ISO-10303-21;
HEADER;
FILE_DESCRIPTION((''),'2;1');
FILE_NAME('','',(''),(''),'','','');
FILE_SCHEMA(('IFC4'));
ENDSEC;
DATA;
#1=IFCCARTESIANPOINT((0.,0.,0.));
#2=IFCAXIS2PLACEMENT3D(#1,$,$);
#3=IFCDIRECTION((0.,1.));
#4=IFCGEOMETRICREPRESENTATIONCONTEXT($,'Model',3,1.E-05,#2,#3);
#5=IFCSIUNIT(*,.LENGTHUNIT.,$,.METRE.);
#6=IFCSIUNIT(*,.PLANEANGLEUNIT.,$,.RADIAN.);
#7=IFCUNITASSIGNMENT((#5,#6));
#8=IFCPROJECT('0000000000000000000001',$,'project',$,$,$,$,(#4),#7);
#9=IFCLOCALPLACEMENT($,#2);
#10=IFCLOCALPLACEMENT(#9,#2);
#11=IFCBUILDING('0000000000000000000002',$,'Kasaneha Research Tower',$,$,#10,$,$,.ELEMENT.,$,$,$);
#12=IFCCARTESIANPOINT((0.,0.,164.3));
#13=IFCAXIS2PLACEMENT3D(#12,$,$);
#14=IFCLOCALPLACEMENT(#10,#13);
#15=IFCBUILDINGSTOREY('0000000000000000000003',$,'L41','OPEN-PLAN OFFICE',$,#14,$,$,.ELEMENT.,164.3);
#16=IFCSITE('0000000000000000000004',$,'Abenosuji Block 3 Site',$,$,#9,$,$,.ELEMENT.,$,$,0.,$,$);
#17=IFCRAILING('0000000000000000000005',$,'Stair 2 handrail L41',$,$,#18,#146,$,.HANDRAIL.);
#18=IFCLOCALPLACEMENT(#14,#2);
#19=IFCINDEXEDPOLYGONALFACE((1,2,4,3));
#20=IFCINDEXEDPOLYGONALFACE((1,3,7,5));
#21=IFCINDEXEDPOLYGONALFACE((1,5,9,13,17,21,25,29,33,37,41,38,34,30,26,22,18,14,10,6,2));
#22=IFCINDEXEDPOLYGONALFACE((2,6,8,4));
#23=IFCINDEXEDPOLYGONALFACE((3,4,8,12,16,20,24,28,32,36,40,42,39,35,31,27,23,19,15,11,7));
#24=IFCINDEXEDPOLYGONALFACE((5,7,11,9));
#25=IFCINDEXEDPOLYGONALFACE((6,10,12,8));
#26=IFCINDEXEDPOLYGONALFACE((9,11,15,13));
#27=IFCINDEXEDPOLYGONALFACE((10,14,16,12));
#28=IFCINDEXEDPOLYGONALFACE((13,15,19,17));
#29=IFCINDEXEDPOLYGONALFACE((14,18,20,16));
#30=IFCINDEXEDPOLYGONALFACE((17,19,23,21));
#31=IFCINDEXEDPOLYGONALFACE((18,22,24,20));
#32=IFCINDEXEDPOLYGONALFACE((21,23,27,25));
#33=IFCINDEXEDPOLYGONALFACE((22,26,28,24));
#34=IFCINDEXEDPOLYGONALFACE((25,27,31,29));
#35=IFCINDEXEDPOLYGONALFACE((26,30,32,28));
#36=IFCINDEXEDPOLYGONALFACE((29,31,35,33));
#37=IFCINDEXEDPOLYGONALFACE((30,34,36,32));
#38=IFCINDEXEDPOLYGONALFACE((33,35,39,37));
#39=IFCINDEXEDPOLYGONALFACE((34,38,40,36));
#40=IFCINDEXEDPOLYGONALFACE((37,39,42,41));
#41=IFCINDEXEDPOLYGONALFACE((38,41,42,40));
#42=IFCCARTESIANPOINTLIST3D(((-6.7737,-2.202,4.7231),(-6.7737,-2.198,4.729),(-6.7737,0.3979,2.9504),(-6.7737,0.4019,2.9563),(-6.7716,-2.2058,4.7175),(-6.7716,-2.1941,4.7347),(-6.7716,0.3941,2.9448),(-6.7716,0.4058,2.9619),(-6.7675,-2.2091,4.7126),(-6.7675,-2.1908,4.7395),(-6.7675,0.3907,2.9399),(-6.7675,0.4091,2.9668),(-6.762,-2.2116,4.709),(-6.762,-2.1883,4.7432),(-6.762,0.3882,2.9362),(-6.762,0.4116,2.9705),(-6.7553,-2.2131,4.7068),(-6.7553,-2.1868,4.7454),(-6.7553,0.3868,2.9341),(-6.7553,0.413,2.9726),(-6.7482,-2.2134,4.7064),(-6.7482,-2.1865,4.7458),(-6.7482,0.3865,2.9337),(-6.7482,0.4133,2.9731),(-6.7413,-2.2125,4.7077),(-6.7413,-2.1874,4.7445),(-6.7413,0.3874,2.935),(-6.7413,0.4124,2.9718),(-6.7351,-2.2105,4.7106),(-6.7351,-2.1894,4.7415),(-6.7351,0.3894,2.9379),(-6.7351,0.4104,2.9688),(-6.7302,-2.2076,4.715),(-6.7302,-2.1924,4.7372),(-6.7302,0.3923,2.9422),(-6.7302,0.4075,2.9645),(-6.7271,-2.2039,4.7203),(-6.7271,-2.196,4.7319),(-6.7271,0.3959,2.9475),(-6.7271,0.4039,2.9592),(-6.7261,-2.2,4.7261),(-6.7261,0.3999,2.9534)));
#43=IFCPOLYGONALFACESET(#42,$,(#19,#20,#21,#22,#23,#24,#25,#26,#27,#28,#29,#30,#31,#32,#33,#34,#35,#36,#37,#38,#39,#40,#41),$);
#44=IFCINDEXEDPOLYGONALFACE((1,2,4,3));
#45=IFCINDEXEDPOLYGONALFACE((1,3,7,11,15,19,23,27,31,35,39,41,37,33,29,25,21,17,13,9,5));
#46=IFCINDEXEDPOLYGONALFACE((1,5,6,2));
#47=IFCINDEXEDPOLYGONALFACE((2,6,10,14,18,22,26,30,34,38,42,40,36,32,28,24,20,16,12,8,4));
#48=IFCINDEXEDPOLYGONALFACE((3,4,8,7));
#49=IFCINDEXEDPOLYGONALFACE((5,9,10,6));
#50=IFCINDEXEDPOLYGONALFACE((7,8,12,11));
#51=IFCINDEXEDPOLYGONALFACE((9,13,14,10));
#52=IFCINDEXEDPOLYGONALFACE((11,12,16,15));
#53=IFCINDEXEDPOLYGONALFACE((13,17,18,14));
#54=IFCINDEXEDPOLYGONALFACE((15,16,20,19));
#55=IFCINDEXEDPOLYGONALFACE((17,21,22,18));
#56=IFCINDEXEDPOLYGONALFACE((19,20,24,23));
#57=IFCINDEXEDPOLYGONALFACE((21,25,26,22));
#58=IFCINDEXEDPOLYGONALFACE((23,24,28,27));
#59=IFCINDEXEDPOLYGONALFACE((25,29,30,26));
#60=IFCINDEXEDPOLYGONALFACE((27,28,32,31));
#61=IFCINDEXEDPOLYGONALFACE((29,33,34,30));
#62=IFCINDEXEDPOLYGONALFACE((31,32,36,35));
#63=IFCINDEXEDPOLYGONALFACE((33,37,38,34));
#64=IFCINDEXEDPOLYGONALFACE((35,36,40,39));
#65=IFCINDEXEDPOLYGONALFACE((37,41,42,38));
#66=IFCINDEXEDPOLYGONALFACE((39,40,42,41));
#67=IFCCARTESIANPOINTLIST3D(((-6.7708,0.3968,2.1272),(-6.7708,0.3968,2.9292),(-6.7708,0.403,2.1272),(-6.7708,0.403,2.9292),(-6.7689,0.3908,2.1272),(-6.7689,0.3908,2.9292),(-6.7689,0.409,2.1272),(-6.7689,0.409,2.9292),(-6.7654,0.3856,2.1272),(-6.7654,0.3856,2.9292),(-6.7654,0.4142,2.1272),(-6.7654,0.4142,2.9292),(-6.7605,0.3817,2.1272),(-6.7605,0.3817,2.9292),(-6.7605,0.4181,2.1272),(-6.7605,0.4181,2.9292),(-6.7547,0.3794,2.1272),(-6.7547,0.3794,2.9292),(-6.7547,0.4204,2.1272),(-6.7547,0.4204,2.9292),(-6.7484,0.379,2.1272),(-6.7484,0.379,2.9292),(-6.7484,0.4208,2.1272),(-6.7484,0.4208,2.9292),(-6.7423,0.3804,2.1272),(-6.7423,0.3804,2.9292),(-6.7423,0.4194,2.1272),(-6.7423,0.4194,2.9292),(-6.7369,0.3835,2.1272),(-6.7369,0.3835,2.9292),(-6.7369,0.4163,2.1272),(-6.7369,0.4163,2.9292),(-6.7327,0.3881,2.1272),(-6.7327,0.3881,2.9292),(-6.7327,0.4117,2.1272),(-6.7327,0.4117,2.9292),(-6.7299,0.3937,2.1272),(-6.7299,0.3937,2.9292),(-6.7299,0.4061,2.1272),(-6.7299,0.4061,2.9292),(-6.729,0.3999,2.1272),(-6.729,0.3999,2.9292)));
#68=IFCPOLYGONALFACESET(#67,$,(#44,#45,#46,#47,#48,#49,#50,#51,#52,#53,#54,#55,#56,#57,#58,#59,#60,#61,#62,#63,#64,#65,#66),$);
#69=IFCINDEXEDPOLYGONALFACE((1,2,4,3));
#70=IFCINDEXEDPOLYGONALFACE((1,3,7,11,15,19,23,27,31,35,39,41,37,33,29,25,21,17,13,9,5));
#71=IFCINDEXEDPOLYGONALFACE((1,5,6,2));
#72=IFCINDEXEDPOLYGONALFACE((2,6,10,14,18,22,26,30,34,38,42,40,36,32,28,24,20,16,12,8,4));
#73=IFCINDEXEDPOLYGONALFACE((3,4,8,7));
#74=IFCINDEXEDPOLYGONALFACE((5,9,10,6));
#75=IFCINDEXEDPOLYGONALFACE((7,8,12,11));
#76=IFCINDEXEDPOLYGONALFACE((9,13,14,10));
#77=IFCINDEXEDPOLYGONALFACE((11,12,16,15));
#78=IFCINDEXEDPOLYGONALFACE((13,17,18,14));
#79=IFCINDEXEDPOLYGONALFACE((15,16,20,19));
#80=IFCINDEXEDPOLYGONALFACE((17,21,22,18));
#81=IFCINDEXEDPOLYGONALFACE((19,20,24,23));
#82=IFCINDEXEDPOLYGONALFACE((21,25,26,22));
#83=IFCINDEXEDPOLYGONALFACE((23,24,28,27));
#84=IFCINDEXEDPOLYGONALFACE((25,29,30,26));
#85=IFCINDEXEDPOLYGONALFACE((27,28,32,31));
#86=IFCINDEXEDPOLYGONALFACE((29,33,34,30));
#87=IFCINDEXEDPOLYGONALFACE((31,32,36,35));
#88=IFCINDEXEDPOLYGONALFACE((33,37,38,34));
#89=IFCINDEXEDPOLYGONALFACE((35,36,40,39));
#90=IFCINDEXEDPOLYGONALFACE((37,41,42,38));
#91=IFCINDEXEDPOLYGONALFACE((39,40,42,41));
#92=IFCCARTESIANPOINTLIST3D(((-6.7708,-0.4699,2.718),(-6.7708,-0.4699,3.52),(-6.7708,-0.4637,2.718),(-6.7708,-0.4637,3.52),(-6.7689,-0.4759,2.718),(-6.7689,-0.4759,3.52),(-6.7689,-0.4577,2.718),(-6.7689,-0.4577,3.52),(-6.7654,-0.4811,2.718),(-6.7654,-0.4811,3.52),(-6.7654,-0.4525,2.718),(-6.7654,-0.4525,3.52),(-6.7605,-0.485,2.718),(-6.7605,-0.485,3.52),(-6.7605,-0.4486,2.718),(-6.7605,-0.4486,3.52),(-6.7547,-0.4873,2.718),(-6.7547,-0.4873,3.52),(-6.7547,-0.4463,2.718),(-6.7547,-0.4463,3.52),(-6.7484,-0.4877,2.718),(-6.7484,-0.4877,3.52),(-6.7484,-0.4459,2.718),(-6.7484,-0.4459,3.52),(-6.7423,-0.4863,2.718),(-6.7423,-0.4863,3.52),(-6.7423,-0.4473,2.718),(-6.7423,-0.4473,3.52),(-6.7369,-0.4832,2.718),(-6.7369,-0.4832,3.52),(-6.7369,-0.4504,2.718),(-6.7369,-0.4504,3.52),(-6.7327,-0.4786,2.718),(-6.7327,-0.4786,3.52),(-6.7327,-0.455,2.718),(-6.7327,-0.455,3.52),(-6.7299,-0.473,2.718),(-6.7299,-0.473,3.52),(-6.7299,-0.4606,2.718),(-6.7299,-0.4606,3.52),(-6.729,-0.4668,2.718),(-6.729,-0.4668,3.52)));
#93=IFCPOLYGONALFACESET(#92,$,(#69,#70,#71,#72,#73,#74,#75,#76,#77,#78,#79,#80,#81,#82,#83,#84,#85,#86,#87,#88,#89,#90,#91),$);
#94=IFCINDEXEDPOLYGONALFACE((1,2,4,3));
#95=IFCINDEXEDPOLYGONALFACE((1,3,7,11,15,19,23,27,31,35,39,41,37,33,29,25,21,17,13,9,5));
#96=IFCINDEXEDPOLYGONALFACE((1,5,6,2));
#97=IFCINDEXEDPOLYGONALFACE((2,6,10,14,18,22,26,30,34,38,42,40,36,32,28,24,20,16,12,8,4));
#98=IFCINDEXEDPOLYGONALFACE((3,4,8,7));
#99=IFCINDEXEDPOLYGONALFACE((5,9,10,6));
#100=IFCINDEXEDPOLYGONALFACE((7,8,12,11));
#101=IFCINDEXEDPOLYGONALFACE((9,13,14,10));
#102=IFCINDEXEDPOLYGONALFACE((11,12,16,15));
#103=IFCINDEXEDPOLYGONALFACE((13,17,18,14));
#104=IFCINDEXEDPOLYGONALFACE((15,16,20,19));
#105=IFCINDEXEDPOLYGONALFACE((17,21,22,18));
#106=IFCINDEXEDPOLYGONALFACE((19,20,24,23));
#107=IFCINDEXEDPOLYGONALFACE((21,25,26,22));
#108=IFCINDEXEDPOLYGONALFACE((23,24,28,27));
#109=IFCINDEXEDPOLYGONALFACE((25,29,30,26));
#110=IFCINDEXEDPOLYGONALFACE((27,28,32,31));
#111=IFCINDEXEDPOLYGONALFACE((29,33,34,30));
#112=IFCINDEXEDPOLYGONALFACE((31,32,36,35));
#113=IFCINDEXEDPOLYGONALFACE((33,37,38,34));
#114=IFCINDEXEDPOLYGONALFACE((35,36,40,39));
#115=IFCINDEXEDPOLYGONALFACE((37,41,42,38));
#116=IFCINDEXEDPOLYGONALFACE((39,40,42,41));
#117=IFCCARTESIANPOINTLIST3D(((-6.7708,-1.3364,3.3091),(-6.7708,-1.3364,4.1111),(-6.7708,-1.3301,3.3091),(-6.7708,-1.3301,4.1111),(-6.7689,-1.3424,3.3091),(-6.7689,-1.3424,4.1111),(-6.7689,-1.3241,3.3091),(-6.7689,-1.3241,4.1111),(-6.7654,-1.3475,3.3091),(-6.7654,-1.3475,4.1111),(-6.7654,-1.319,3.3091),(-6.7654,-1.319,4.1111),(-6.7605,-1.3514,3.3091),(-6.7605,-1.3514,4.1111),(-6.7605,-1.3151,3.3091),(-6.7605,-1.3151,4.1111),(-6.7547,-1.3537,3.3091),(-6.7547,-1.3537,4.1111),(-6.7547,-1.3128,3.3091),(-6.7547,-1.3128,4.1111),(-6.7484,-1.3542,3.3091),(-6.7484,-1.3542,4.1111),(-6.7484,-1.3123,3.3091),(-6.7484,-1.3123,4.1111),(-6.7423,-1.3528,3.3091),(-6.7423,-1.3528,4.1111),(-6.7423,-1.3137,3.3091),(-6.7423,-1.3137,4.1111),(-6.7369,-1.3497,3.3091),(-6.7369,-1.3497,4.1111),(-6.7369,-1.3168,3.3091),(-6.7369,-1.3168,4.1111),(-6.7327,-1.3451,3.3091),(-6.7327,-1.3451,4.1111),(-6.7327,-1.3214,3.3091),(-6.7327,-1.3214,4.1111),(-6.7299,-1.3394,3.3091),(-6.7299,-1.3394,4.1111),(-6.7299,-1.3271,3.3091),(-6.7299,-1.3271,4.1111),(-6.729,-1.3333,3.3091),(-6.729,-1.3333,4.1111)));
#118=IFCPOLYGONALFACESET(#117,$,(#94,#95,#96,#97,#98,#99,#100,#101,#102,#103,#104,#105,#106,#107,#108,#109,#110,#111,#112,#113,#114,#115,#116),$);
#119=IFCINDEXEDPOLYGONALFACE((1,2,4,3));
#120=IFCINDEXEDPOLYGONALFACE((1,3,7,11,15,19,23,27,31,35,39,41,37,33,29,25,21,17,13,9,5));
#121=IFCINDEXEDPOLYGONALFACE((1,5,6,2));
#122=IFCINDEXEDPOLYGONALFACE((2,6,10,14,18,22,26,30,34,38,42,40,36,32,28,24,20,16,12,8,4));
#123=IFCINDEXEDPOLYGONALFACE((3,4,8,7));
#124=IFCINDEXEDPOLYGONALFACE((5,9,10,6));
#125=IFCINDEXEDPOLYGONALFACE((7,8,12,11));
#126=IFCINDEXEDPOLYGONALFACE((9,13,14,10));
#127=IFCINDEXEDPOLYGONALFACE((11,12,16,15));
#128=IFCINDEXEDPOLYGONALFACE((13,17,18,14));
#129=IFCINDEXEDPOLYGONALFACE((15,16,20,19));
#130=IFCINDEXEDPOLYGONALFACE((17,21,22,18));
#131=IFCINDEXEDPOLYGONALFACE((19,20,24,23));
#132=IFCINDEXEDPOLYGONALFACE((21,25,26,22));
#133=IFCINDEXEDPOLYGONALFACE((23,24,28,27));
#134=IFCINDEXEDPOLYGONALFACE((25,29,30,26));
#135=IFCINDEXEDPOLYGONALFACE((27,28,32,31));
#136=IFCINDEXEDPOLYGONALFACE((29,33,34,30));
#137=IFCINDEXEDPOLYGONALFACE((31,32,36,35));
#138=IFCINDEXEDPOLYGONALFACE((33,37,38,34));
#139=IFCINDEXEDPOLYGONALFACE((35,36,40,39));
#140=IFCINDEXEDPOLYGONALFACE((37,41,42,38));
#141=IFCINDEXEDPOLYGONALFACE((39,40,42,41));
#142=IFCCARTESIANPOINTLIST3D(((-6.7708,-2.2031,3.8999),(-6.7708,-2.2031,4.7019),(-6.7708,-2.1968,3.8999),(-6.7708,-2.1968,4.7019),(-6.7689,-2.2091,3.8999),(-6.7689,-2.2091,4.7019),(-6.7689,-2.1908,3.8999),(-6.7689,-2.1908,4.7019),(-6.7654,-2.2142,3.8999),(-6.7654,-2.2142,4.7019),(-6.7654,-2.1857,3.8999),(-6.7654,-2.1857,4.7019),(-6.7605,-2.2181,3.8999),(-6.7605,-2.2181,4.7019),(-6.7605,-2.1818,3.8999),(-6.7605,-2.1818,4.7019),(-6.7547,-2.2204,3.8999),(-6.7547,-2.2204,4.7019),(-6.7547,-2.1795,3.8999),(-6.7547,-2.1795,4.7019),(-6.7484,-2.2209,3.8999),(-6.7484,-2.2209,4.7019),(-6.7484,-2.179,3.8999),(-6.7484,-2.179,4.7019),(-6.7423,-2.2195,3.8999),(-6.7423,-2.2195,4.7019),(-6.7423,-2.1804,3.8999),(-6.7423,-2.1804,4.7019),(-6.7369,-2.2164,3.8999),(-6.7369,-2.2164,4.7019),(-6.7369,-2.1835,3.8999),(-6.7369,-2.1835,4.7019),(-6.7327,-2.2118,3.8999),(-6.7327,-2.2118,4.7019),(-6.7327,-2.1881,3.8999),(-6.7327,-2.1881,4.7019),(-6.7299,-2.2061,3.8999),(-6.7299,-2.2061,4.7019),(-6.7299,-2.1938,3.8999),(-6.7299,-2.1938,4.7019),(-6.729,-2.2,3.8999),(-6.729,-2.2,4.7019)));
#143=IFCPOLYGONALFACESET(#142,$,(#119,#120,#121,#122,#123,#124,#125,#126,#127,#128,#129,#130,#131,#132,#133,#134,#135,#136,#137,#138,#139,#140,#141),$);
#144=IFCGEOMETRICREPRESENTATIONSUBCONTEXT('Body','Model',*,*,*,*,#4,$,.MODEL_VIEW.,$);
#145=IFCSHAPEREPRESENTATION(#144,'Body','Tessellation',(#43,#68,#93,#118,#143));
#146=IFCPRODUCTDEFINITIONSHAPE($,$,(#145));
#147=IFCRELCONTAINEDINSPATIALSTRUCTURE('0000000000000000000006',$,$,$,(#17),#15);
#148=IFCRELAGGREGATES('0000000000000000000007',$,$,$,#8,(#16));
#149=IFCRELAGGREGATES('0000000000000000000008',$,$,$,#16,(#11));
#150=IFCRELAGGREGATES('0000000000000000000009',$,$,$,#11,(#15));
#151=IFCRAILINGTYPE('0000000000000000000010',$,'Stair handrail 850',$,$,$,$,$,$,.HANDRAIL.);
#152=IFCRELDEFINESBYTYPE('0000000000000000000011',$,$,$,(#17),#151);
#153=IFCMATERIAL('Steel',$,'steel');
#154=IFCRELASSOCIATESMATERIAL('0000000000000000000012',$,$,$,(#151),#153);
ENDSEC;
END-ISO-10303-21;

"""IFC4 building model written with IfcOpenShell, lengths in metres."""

from ifc_helpers import new_model, si_unit, direction, frame, origin, origin_2d, place, context, subcontext, project, spatial, circle, extrude, material, type_object, element, save


model = new_model("IFC4")

# Units and contexts
model_context = context("Model", 3, precision=1e-05, world=origin(), true_north=direction((0.0, 1.0)))
body_context = subcontext(model_context, "Body", "Model", "MODEL_VIEW")
ifc_project = project(units=[si_unit("LENGTHUNIT", "METRE"), si_unit("PLANEANGLEUNIT", "RADIAN")], contexts=[model_context])

# Site, building, storey
site_placement = place(None, origin())
site = spatial("IfcSite", under=ifc_project, at=site_placement, Name="Abenosuji Block 3 Site", CompositionType="ELEMENT", RefElevation=0.0)
building_placement = place(site_placement, origin())
building = spatial("IfcBuilding", under=site, at=building_placement, Name="Kasaneha Research Tower", CompositionType="ELEMENT")
storey_placement = place(building_placement, frame((0.0, 0.0, 164.3)))
storey = spatial("IfcBuildingStorey", under=building, at=storey_placement, Name="L41", Description="OPEN-PLAN OFFICE", CompositionType="ELEMENT", Elevation=164.3)

# Railing
ifc_material_1 = material(Name="Steel", Category="steel")
railing_type_1 = type_object("IfcRailingType", Name="Stair handrail 850", PredefinedType="HANDRAIL", material=ifc_material_1)
railing_1_placement = place(storey_placement, frame((-6.75, 0.3999, 2.1272)))
element("IfcRailing", 1, at=railing_1_placement, inside=storey, type_object=railing_type_1, Name="Stair 2 handrail L41", PredefinedType="HANDRAIL", context=body_context, shape_type="SweptSolid", body=[
    extrude(circle(Radius=0.0239, at=origin_2d()), frame((0.0, 0.0, 0.8262), z_axis=(0.0, -0.826216, 0.563354), x_axis=(1.0, 0.0, 0.0)), (0.0, 0.0, 1.0), 3.1467),
    extrude(circle(Radius=0.021, at=origin_2d()), origin(), (0.0, 0.0, 1.0), 0.802),
    extrude(circle(Radius=0.021, at=origin_2d()), frame((0.0, -0.8667, 0.5908)), (0.0, 0.0, 1.0), 0.802),
    extrude(circle(Radius=0.021, at=origin_2d()), frame((0.0, -1.7332, 1.1819)), (0.0, 0.0, 1.0), 0.802),
    extrude(circle(Radius=0.021, at=origin_2d()), frame((0.0, -2.5999, 1.7727)), (0.0, 0.0, 1.0), 0.802),
])

save(model, "model.ifc")
